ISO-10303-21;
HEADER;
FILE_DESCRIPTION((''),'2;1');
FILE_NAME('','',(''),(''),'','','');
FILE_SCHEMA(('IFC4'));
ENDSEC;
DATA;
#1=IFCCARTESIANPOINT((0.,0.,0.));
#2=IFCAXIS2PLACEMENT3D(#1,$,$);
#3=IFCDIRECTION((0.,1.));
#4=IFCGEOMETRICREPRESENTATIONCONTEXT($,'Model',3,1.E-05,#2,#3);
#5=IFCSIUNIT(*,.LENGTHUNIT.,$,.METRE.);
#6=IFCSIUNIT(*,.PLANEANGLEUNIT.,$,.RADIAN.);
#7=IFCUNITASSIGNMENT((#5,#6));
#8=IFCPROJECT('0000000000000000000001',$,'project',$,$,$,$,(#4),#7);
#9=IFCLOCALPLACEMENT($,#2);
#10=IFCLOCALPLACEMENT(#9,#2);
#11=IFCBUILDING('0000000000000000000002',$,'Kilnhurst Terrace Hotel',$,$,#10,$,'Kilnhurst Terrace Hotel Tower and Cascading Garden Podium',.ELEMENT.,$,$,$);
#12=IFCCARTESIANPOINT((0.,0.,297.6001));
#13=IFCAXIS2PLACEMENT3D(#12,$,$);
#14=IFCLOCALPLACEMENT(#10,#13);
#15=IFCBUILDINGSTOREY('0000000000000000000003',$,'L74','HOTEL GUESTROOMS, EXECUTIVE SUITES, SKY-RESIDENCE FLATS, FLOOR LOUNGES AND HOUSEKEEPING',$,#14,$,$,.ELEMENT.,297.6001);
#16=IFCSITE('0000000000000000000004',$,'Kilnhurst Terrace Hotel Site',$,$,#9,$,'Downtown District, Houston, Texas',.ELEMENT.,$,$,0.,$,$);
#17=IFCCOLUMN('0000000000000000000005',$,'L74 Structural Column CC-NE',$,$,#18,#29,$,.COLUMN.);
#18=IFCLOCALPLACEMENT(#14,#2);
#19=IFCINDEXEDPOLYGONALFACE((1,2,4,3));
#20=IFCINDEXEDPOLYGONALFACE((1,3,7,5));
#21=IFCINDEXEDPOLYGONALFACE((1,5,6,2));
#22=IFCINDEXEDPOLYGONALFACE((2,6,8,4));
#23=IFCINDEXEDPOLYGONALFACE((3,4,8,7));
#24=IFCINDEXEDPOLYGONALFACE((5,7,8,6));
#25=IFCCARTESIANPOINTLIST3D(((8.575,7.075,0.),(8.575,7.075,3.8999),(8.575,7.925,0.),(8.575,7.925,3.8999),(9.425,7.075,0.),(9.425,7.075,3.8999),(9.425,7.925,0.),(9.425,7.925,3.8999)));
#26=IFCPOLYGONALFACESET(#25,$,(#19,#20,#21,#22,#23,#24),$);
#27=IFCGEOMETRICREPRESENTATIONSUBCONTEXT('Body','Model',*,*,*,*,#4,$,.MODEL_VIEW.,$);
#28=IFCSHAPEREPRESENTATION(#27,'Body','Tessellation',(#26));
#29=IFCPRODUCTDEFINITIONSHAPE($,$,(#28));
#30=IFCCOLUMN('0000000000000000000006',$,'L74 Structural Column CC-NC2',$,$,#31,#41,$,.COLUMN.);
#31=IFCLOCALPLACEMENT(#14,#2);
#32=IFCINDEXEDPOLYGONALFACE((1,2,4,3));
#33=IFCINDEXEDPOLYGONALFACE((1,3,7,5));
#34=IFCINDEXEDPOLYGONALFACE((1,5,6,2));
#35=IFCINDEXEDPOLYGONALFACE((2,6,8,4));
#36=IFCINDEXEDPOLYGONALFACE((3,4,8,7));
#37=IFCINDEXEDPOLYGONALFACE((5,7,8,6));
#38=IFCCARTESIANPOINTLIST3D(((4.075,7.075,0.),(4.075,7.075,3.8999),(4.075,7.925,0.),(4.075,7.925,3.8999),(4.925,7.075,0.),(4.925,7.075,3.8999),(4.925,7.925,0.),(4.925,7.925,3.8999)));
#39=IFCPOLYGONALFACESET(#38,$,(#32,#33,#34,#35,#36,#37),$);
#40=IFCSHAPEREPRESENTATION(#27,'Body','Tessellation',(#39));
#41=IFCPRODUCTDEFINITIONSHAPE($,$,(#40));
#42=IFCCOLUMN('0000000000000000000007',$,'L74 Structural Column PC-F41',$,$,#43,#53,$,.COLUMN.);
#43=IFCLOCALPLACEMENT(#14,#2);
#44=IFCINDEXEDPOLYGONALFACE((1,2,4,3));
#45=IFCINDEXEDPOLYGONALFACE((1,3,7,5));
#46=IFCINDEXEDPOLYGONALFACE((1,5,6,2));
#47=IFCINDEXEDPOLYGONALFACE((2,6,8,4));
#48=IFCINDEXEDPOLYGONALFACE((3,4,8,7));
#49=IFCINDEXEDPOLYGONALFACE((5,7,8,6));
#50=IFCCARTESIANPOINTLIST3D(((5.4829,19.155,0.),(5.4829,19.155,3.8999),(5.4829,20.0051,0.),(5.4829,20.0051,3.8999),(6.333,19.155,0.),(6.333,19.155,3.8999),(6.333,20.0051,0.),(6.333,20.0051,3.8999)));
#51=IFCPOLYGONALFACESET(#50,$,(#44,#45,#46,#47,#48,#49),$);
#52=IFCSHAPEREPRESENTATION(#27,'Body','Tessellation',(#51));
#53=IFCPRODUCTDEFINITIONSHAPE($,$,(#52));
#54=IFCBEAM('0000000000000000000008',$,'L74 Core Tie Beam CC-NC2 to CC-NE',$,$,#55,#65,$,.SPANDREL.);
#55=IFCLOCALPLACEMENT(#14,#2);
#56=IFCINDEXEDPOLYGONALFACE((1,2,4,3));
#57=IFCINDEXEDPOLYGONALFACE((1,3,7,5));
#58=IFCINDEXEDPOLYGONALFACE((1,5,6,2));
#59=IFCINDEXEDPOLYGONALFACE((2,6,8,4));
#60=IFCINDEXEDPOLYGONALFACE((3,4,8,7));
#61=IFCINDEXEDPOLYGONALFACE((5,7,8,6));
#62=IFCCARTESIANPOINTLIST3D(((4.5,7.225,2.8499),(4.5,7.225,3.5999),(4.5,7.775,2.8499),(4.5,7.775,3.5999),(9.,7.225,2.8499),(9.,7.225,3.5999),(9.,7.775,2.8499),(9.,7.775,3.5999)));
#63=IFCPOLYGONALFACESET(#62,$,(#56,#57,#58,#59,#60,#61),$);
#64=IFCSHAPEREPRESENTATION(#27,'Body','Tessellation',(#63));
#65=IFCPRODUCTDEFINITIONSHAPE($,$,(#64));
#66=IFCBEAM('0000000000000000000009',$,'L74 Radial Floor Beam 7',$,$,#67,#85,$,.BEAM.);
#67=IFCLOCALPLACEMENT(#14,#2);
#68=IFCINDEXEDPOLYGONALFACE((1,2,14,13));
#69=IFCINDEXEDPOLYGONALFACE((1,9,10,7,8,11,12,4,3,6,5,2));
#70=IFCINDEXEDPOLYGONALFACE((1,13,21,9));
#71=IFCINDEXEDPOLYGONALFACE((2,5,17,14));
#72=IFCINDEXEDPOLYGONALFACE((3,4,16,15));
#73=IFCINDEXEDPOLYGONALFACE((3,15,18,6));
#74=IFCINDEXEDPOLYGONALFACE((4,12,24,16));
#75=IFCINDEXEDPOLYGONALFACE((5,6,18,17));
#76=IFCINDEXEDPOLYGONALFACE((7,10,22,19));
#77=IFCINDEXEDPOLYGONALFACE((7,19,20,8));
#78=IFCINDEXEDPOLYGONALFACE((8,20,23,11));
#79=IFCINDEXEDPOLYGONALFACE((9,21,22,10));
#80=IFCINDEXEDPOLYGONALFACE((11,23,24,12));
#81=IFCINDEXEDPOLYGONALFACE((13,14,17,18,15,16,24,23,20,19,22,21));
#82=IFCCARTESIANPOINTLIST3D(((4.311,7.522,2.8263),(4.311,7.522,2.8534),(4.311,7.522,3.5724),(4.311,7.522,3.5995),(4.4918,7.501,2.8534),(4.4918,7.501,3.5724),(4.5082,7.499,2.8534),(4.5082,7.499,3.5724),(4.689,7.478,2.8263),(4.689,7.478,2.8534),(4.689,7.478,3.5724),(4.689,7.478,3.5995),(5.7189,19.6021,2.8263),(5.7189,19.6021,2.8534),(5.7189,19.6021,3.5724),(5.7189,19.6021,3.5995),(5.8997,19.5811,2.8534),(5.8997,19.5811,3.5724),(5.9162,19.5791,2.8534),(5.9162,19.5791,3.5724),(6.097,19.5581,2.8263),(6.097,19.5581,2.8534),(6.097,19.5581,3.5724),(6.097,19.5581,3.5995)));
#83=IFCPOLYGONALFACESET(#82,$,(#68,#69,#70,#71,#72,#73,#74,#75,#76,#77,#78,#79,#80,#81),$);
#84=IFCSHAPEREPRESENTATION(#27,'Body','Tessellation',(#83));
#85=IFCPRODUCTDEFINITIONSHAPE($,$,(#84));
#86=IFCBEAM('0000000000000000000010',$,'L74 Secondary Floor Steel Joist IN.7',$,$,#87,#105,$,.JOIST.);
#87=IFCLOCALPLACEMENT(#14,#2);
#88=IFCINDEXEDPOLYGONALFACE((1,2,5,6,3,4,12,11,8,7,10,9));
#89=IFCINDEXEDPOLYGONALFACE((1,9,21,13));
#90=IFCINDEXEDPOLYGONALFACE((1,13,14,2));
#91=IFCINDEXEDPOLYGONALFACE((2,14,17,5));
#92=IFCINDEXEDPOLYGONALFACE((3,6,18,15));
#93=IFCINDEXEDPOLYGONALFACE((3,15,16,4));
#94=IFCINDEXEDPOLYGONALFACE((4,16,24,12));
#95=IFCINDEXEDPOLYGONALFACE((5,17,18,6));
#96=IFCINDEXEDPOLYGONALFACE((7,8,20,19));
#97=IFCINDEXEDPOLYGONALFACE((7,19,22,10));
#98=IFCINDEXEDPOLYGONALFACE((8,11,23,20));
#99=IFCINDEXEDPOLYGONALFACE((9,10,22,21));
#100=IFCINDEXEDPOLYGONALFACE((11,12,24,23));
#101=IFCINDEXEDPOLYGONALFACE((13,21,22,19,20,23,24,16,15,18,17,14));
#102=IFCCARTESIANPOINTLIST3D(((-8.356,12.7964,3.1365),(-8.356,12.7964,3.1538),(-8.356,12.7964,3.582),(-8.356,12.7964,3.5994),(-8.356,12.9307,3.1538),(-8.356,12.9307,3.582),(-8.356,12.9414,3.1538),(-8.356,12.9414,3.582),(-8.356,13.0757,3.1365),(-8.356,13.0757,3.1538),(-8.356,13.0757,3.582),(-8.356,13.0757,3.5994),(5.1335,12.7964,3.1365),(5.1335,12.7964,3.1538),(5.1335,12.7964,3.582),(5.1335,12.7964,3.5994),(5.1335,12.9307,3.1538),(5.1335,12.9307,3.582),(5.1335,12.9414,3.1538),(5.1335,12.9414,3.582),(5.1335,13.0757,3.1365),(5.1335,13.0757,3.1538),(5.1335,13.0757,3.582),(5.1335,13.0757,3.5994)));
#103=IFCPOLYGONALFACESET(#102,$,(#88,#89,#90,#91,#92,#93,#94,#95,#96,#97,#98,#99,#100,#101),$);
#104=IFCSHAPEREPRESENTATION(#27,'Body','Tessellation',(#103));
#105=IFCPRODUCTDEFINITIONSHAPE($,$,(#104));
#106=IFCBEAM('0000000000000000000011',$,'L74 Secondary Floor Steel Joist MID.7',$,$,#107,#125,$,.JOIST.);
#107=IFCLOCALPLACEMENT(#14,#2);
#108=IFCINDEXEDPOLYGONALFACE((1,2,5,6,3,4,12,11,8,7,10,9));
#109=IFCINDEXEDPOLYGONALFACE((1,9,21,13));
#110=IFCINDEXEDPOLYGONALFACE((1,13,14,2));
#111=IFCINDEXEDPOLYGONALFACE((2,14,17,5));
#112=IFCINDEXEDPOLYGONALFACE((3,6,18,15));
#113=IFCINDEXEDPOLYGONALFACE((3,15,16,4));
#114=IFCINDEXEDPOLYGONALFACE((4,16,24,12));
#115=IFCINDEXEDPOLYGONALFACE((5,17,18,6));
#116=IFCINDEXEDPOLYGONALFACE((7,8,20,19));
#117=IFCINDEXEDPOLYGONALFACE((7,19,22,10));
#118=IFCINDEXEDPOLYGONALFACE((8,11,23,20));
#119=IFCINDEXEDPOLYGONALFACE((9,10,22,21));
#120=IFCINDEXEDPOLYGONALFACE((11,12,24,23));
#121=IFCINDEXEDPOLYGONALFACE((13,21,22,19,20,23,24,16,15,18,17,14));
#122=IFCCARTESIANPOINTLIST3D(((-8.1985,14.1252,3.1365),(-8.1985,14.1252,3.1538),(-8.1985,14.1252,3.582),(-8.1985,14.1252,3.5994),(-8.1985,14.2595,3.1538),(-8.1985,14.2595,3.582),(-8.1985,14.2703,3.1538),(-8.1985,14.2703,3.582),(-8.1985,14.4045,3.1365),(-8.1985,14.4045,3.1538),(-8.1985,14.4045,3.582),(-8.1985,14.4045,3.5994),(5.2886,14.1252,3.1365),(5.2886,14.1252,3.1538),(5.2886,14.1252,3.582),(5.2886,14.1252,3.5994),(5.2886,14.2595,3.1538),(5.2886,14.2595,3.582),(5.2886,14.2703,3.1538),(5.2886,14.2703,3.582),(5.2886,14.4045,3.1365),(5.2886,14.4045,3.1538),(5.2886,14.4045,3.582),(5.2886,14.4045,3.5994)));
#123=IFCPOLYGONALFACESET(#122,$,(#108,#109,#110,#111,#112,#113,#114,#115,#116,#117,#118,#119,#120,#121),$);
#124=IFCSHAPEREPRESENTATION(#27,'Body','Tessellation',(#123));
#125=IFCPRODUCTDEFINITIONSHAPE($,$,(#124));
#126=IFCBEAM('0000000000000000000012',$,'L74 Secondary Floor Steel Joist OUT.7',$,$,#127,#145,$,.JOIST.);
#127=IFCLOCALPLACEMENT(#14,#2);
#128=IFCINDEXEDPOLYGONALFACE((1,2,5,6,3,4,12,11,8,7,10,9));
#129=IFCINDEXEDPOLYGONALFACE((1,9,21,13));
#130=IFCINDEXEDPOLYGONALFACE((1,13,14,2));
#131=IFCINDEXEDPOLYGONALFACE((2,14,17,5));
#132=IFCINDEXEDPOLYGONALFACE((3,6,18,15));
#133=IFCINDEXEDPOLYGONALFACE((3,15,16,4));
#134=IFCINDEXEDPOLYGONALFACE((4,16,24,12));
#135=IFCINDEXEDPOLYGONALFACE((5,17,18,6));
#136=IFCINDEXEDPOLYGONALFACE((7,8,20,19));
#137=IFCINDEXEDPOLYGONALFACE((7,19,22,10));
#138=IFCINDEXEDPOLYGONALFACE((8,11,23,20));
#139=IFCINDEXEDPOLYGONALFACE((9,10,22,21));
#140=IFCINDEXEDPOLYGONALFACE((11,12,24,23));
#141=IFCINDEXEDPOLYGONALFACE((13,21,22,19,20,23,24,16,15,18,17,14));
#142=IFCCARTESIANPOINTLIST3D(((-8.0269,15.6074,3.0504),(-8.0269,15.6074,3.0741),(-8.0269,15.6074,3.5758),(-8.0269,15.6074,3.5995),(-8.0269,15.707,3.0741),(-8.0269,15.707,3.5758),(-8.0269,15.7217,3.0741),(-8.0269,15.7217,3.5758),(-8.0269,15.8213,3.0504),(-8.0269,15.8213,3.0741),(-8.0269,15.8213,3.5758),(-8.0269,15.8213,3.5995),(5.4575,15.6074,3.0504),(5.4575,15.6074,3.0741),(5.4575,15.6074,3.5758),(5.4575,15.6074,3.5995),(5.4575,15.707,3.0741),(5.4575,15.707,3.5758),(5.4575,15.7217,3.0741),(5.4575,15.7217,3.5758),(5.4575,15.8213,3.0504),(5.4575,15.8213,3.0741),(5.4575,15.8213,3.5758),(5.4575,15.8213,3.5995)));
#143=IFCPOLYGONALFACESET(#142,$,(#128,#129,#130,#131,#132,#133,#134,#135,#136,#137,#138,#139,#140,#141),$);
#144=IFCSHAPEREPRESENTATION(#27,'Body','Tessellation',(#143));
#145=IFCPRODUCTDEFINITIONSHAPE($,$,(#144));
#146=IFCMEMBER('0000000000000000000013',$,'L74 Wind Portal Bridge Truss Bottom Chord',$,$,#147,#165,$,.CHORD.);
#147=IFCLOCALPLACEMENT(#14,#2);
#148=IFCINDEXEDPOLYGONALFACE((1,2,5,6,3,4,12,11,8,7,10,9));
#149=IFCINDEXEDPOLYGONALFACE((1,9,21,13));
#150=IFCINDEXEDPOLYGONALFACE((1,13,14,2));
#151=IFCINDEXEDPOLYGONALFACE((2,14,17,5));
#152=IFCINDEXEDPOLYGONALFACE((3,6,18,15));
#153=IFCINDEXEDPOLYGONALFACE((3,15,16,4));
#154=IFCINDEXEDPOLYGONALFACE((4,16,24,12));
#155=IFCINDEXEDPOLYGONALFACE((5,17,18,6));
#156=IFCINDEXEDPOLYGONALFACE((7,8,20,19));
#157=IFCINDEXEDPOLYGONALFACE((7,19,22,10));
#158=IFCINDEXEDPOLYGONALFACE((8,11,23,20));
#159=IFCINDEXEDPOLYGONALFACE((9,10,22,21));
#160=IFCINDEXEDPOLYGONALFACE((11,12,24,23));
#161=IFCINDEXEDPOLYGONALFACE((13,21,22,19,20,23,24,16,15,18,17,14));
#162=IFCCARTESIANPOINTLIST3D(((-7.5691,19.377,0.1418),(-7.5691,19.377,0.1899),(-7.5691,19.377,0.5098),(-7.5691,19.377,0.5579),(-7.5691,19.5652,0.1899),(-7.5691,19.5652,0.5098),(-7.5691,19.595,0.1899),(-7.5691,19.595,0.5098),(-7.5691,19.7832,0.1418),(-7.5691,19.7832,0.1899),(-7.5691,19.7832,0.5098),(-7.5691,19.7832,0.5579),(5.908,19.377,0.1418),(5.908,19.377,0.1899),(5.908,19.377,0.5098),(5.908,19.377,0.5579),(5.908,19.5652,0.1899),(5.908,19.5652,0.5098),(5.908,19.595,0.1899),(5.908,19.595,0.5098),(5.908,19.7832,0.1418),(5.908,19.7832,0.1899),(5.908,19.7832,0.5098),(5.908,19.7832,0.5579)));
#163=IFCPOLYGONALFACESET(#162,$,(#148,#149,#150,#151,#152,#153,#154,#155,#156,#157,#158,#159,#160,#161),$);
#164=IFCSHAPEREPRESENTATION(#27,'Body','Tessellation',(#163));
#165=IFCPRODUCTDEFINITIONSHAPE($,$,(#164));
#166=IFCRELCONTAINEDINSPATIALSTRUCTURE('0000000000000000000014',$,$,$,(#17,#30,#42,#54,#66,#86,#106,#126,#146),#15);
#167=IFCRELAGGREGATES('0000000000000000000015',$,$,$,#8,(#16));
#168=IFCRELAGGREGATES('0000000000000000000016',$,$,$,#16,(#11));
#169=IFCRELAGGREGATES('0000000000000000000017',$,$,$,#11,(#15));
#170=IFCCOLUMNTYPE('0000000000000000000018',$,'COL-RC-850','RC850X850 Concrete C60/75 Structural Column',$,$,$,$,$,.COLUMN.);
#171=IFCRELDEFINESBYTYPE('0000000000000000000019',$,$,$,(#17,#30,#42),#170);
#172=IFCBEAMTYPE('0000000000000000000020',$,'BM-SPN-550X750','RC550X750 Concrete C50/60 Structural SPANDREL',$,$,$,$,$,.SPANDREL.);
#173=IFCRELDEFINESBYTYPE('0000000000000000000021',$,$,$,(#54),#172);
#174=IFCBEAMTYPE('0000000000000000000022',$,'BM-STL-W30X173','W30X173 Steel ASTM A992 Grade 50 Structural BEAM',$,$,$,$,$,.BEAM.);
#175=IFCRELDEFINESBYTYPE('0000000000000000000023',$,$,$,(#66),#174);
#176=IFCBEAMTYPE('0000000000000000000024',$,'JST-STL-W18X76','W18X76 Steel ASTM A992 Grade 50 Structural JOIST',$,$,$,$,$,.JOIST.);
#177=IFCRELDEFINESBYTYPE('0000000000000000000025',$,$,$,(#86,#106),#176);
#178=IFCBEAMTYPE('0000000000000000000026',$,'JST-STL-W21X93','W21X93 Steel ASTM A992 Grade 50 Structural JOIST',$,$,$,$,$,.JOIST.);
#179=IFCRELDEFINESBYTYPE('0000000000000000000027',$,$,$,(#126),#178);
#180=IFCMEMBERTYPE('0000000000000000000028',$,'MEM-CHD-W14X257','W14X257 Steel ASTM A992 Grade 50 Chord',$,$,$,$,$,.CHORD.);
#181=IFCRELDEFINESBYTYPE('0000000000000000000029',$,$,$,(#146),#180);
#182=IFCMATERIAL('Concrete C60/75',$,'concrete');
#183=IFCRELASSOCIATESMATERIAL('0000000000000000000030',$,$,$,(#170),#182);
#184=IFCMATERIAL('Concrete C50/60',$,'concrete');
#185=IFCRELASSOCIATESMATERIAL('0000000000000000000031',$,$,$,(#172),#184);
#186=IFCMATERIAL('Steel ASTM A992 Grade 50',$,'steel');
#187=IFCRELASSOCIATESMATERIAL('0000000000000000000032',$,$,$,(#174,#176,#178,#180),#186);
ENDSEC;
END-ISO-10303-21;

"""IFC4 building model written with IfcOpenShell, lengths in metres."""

from ifc_helpers import new_model, si_unit, direction, frame, origin, origin_2d, place, context, subcontext, project, spatial, rectangle, i_section, extrude, material, material_profile, profile_set, type_object, element, save


model = new_model("IFC4")

# Units and contexts
model_context = context("Model", 3, precision=1e-05, world=origin(), true_north=direction((0.0, 1.0)))
body_context = subcontext(model_context, "Body", "Model", "MODEL_VIEW")
ifc_project = project(units=[si_unit("LENGTHUNIT", "METRE"), si_unit("PLANEANGLEUNIT", "RADIAN")], contexts=[model_context])

# Site, building, storey
site_placement = place(None, origin())
site = spatial("IfcSite", under=ifc_project, at=site_placement, Name="Kilnhurst Terrace Hotel Site", LongName="Downtown District, Houston, Texas", CompositionType="ELEMENT", RefElevation=0.0)
building_placement = place(site_placement, origin())
building = spatial("IfcBuilding", under=site, at=building_placement, Name="Kilnhurst Terrace Hotel", LongName="Kilnhurst Terrace Hotel Tower and Cascading Garden Podium", CompositionType="ELEMENT")
storey_placement = place(building_placement, frame((0.0, 0.0, 297.6001)))
storey = spatial("IfcBuildingStorey", under=building, at=storey_placement, Name="L74", Description="HOTEL GUESTROOMS, EXECUTIVE SUITES, SKY-RESIDENCE FLATS, FLOOR LOUNGES AND HOUSEKEEPING", CompositionType="ELEMENT", Elevation=297.6001)

# Columns
ifc_material_1 = material(Name="Concrete C60/75", Category="concrete")
ifc_material_profile_1 = material_profile(ifc_material_1, rectangle(XDim=0.8501, YDim=0.8501, at=origin_2d()), Name="RC850X850")
ifc_profile_set_1 = profile_set([ifc_material_profile_1], Name="Concrete C60/75")
column_type = type_object("IfcColumnType", Name="COL-RC-850", Description="RC850X850 Concrete C60/75 Structural Column", PredefinedType="COLUMN", material=ifc_profile_set_1)
for number, where, z_axis, x_axis, name in (
    (1, (9.0, 7.5, 0.0), (0.0, 0.0, 1.0), (1.0, 0.0, 0.0), "L74 Structural Column CC-NE"),
    (2, (4.5, 7.5, 0.0), (0.0, 0.0, 1.0), (1.0, 0.0, 0.0), "L74 Structural Column CC-NC2"),
    (3, (5.908, 19.5801, 0.0), (0.0, 0.0, 1.0), (1.0, 0.0, 0.0), "L74 Structural Column PC-F41"),
):
    element("IfcColumn", number, at=place(storey_placement, frame(where, z_axis=z_axis, x_axis=x_axis)), inside=storey, type_object=column_type, Name=name, PredefinedType="COLUMN", context=body_context, shape_type="SweptSolid", body=[
        extrude(rectangle(XDim=0.8501, YDim=0.8501, at=origin_2d()), origin(), (0.0, 0.0, 1.0), 3.8999),
    ])

# Beams
ifc_material_2 = material(Name="Concrete C50/60", Category="concrete")
ifc_material_profile_2 = material_profile(ifc_material_2, rectangle(XDim=0.55, YDim=0.75, at=origin_2d()), Name="RC550X750")
ifc_profile_set_2 = profile_set([ifc_material_profile_2], Name="Concrete C50/60")
beam_type_1 = type_object("IfcBeamType", Name="BM-SPN-550X750", Description="RC550X750 Concrete C50/60 Structural SPANDREL", PredefinedType="SPANDREL", material=ifc_profile_set_2)
beam_1_placement = place(storey_placement, frame((4.5, 7.5, 3.2249), z_axis=(1.0, 0.0, 0.0), x_axis=(0.0, 1.0, 0.0)))
element("IfcBeam", 4, at=beam_1_placement, inside=storey, type_object=beam_type_1, Name="L74 Core Tie Beam CC-NC2 to CC-NE", PredefinedType="SPANDREL", context=body_context, shape_type="SweptSolid", body=[
    extrude(rectangle(XDim=0.55, YDim=0.75, at=origin_2d()), origin(), (0.0, 0.0, 1.0), 4.5),
])
ifc_material_3 = material(Name="Steel ASTM A992 Grade 50", Category="steel")
ifc_material_profile_3 = material_profile(ifc_material_3, i_section(OverallWidth=0.3806, OverallDepth=0.7732, WebThickness=0.0166, FlangeThickness=0.0271, at=origin_2d()), Name="W30X173")
ifc_profile_set_3 = profile_set([ifc_material_profile_3], Name="Steel ASTM A992 Grade 50")
beam_type_2 = type_object("IfcBeamType", Name="BM-STL-W30X173", Description="W30X173 Steel ASTM A992 Grade 50 Structural BEAM", PredefinedType="BEAM", material=ifc_profile_set_3)
beam_2_placement = place(storey_placement, frame((4.5, 7.5, 3.2129), z_axis=(0.115768, 0.993276, 0.0), x_axis=(-0.993276, 0.115768, 0.0)))
element("IfcBeam", 5, at=beam_2_placement, inside=storey, type_object=beam_type_2, Name="L74 Radial Floor Beam 7", PredefinedType="BEAM", context=body_context, shape_type="SweptSolid", body=[
    extrude(i_section(OverallWidth=0.3806, OverallDepth=0.7732, WebThickness=0.0166, FlangeThickness=0.0271, at=origin_2d()), origin(), (0.0, 0.0, 1.0), 12.1619),
])
ifc_material_profile_4 = material_profile(ifc_material_3, i_section(OverallWidth=0.2793, OverallDepth=0.4629, WebThickness=0.0107, FlangeThickness=0.0173, at=origin_2d()), Name="W18X76")
ifc_profile_set_4 = profile_set([ifc_material_profile_4], Name="Steel ASTM A992 Grade 50")
beam_type_3 = type_object("IfcBeamType", Name="JST-STL-W18X76", Description="W18X76 Steel ASTM A992 Grade 50 Structural JOIST", PredefinedType="JOIST", material=ifc_profile_set_4)
beam_3_placement = place(storey_placement, frame((5.1335, 12.936, 3.3679), z_axis=(-1.0, 0.0, 0.0), x_axis=(0.0, -1.0, 0.0)))
element("IfcBeam", 6, at=beam_3_placement, inside=storey, type_object=beam_type_3, Name="L74 Secondary Floor Steel Joist IN.7", PredefinedType="JOIST", context=body_context, shape_type="SweptSolid", body=[
    extrude(i_section(OverallWidth=0.2793, OverallDepth=0.4629, WebThickness=0.0107, FlangeThickness=0.0173, at=origin_2d()), origin(), (0.0, 0.0, 1.0), 13.4895),
])
beam_4_placement = place(storey_placement, frame((5.2886, 14.2649, 3.3679), z_axis=(-1.0, 0.0, 0.0), x_axis=(0.0, -1.0, 0.0)))
element("IfcBeam", 7, at=beam_4_placement, inside=storey, type_object=beam_type_3, Name="L74 Secondary Floor Steel Joist MID.7", PredefinedType="JOIST", context=body_context, shape_type="SweptSolid", body=[
    extrude(i_section(OverallWidth=0.2793, OverallDepth=0.4629, WebThickness=0.0107, FlangeThickness=0.0173, at=origin_2d()), origin(), (0.0, 0.0, 1.0), 13.4871),
])
ifc_material_profile_5 = material_profile(ifc_material_3, i_section(OverallWidth=0.2139, OverallDepth=0.5491, WebThickness=0.0146, FlangeThickness=0.0237, at=origin_2d()), Name="W21X93")
ifc_profile_set_5 = profile_set([ifc_material_profile_5], Name="Steel ASTM A992 Grade 50")
beam_type_4 = type_object("IfcBeamType", Name="JST-STL-W21X93", Description="W21X93 Steel ASTM A992 Grade 50 Structural JOIST", PredefinedType="JOIST", material=ifc_profile_set_5)
beam_5_placement = place(storey_placement, frame((5.4575, 15.7144, 3.325), z_axis=(-1.0, 0.0, 0.0), x_axis=(0.0, -1.0, 0.0)))
element("IfcBeam", 8, at=beam_5_placement, inside=storey, type_object=beam_type_4, Name="L74 Secondary Floor Steel Joist OUT.7", PredefinedType="JOIST", context=body_context, shape_type="SweptSolid", body=[
    extrude(i_section(OverallWidth=0.2139, OverallDepth=0.5491, WebThickness=0.0146, FlangeThickness=0.0237, at=origin_2d()), origin(), (0.0, 0.0, 1.0), 13.4844),
])

# Member
ifc_material_profile_6 = material_profile(ifc_material_3, i_section(OverallWidth=0.4062, OverallDepth=0.416, WebThickness=0.0298, FlangeThickness=0.0481, at=origin_2d()), Name="W14X257")
ifc_profile_set_6 = profile_set([ifc_material_profile_6], Name="Steel ASTM A992 Grade 50")
member_type_1 = type_object("IfcMemberType", Name="MEM-CHD-W14X257", Description="W14X257 Steel ASTM A992 Grade 50 Chord", PredefinedType="CHORD", material=ifc_profile_set_6)
member_1_placement = place(storey_placement, frame((5.908, 19.5801, 0.3499), z_axis=(-1.0, 0.0, 0.0), x_axis=(0.0, -1.0, 0.0)))
element("IfcMember", 9, at=member_1_placement, inside=storey, type_object=member_type_1, Name="L74 Wind Portal Bridge Truss Bottom Chord", PredefinedType="CHORD", context=body_context, shape_type="SweptSolid", body=[
    extrude(i_section(OverallWidth=0.4062, OverallDepth=0.416, WebThickness=0.0298, FlangeThickness=0.0481, at=origin_2d()), origin(), (0.0, 0.0, 1.0), 13.4771),
])

save(model, "model.ifc")
